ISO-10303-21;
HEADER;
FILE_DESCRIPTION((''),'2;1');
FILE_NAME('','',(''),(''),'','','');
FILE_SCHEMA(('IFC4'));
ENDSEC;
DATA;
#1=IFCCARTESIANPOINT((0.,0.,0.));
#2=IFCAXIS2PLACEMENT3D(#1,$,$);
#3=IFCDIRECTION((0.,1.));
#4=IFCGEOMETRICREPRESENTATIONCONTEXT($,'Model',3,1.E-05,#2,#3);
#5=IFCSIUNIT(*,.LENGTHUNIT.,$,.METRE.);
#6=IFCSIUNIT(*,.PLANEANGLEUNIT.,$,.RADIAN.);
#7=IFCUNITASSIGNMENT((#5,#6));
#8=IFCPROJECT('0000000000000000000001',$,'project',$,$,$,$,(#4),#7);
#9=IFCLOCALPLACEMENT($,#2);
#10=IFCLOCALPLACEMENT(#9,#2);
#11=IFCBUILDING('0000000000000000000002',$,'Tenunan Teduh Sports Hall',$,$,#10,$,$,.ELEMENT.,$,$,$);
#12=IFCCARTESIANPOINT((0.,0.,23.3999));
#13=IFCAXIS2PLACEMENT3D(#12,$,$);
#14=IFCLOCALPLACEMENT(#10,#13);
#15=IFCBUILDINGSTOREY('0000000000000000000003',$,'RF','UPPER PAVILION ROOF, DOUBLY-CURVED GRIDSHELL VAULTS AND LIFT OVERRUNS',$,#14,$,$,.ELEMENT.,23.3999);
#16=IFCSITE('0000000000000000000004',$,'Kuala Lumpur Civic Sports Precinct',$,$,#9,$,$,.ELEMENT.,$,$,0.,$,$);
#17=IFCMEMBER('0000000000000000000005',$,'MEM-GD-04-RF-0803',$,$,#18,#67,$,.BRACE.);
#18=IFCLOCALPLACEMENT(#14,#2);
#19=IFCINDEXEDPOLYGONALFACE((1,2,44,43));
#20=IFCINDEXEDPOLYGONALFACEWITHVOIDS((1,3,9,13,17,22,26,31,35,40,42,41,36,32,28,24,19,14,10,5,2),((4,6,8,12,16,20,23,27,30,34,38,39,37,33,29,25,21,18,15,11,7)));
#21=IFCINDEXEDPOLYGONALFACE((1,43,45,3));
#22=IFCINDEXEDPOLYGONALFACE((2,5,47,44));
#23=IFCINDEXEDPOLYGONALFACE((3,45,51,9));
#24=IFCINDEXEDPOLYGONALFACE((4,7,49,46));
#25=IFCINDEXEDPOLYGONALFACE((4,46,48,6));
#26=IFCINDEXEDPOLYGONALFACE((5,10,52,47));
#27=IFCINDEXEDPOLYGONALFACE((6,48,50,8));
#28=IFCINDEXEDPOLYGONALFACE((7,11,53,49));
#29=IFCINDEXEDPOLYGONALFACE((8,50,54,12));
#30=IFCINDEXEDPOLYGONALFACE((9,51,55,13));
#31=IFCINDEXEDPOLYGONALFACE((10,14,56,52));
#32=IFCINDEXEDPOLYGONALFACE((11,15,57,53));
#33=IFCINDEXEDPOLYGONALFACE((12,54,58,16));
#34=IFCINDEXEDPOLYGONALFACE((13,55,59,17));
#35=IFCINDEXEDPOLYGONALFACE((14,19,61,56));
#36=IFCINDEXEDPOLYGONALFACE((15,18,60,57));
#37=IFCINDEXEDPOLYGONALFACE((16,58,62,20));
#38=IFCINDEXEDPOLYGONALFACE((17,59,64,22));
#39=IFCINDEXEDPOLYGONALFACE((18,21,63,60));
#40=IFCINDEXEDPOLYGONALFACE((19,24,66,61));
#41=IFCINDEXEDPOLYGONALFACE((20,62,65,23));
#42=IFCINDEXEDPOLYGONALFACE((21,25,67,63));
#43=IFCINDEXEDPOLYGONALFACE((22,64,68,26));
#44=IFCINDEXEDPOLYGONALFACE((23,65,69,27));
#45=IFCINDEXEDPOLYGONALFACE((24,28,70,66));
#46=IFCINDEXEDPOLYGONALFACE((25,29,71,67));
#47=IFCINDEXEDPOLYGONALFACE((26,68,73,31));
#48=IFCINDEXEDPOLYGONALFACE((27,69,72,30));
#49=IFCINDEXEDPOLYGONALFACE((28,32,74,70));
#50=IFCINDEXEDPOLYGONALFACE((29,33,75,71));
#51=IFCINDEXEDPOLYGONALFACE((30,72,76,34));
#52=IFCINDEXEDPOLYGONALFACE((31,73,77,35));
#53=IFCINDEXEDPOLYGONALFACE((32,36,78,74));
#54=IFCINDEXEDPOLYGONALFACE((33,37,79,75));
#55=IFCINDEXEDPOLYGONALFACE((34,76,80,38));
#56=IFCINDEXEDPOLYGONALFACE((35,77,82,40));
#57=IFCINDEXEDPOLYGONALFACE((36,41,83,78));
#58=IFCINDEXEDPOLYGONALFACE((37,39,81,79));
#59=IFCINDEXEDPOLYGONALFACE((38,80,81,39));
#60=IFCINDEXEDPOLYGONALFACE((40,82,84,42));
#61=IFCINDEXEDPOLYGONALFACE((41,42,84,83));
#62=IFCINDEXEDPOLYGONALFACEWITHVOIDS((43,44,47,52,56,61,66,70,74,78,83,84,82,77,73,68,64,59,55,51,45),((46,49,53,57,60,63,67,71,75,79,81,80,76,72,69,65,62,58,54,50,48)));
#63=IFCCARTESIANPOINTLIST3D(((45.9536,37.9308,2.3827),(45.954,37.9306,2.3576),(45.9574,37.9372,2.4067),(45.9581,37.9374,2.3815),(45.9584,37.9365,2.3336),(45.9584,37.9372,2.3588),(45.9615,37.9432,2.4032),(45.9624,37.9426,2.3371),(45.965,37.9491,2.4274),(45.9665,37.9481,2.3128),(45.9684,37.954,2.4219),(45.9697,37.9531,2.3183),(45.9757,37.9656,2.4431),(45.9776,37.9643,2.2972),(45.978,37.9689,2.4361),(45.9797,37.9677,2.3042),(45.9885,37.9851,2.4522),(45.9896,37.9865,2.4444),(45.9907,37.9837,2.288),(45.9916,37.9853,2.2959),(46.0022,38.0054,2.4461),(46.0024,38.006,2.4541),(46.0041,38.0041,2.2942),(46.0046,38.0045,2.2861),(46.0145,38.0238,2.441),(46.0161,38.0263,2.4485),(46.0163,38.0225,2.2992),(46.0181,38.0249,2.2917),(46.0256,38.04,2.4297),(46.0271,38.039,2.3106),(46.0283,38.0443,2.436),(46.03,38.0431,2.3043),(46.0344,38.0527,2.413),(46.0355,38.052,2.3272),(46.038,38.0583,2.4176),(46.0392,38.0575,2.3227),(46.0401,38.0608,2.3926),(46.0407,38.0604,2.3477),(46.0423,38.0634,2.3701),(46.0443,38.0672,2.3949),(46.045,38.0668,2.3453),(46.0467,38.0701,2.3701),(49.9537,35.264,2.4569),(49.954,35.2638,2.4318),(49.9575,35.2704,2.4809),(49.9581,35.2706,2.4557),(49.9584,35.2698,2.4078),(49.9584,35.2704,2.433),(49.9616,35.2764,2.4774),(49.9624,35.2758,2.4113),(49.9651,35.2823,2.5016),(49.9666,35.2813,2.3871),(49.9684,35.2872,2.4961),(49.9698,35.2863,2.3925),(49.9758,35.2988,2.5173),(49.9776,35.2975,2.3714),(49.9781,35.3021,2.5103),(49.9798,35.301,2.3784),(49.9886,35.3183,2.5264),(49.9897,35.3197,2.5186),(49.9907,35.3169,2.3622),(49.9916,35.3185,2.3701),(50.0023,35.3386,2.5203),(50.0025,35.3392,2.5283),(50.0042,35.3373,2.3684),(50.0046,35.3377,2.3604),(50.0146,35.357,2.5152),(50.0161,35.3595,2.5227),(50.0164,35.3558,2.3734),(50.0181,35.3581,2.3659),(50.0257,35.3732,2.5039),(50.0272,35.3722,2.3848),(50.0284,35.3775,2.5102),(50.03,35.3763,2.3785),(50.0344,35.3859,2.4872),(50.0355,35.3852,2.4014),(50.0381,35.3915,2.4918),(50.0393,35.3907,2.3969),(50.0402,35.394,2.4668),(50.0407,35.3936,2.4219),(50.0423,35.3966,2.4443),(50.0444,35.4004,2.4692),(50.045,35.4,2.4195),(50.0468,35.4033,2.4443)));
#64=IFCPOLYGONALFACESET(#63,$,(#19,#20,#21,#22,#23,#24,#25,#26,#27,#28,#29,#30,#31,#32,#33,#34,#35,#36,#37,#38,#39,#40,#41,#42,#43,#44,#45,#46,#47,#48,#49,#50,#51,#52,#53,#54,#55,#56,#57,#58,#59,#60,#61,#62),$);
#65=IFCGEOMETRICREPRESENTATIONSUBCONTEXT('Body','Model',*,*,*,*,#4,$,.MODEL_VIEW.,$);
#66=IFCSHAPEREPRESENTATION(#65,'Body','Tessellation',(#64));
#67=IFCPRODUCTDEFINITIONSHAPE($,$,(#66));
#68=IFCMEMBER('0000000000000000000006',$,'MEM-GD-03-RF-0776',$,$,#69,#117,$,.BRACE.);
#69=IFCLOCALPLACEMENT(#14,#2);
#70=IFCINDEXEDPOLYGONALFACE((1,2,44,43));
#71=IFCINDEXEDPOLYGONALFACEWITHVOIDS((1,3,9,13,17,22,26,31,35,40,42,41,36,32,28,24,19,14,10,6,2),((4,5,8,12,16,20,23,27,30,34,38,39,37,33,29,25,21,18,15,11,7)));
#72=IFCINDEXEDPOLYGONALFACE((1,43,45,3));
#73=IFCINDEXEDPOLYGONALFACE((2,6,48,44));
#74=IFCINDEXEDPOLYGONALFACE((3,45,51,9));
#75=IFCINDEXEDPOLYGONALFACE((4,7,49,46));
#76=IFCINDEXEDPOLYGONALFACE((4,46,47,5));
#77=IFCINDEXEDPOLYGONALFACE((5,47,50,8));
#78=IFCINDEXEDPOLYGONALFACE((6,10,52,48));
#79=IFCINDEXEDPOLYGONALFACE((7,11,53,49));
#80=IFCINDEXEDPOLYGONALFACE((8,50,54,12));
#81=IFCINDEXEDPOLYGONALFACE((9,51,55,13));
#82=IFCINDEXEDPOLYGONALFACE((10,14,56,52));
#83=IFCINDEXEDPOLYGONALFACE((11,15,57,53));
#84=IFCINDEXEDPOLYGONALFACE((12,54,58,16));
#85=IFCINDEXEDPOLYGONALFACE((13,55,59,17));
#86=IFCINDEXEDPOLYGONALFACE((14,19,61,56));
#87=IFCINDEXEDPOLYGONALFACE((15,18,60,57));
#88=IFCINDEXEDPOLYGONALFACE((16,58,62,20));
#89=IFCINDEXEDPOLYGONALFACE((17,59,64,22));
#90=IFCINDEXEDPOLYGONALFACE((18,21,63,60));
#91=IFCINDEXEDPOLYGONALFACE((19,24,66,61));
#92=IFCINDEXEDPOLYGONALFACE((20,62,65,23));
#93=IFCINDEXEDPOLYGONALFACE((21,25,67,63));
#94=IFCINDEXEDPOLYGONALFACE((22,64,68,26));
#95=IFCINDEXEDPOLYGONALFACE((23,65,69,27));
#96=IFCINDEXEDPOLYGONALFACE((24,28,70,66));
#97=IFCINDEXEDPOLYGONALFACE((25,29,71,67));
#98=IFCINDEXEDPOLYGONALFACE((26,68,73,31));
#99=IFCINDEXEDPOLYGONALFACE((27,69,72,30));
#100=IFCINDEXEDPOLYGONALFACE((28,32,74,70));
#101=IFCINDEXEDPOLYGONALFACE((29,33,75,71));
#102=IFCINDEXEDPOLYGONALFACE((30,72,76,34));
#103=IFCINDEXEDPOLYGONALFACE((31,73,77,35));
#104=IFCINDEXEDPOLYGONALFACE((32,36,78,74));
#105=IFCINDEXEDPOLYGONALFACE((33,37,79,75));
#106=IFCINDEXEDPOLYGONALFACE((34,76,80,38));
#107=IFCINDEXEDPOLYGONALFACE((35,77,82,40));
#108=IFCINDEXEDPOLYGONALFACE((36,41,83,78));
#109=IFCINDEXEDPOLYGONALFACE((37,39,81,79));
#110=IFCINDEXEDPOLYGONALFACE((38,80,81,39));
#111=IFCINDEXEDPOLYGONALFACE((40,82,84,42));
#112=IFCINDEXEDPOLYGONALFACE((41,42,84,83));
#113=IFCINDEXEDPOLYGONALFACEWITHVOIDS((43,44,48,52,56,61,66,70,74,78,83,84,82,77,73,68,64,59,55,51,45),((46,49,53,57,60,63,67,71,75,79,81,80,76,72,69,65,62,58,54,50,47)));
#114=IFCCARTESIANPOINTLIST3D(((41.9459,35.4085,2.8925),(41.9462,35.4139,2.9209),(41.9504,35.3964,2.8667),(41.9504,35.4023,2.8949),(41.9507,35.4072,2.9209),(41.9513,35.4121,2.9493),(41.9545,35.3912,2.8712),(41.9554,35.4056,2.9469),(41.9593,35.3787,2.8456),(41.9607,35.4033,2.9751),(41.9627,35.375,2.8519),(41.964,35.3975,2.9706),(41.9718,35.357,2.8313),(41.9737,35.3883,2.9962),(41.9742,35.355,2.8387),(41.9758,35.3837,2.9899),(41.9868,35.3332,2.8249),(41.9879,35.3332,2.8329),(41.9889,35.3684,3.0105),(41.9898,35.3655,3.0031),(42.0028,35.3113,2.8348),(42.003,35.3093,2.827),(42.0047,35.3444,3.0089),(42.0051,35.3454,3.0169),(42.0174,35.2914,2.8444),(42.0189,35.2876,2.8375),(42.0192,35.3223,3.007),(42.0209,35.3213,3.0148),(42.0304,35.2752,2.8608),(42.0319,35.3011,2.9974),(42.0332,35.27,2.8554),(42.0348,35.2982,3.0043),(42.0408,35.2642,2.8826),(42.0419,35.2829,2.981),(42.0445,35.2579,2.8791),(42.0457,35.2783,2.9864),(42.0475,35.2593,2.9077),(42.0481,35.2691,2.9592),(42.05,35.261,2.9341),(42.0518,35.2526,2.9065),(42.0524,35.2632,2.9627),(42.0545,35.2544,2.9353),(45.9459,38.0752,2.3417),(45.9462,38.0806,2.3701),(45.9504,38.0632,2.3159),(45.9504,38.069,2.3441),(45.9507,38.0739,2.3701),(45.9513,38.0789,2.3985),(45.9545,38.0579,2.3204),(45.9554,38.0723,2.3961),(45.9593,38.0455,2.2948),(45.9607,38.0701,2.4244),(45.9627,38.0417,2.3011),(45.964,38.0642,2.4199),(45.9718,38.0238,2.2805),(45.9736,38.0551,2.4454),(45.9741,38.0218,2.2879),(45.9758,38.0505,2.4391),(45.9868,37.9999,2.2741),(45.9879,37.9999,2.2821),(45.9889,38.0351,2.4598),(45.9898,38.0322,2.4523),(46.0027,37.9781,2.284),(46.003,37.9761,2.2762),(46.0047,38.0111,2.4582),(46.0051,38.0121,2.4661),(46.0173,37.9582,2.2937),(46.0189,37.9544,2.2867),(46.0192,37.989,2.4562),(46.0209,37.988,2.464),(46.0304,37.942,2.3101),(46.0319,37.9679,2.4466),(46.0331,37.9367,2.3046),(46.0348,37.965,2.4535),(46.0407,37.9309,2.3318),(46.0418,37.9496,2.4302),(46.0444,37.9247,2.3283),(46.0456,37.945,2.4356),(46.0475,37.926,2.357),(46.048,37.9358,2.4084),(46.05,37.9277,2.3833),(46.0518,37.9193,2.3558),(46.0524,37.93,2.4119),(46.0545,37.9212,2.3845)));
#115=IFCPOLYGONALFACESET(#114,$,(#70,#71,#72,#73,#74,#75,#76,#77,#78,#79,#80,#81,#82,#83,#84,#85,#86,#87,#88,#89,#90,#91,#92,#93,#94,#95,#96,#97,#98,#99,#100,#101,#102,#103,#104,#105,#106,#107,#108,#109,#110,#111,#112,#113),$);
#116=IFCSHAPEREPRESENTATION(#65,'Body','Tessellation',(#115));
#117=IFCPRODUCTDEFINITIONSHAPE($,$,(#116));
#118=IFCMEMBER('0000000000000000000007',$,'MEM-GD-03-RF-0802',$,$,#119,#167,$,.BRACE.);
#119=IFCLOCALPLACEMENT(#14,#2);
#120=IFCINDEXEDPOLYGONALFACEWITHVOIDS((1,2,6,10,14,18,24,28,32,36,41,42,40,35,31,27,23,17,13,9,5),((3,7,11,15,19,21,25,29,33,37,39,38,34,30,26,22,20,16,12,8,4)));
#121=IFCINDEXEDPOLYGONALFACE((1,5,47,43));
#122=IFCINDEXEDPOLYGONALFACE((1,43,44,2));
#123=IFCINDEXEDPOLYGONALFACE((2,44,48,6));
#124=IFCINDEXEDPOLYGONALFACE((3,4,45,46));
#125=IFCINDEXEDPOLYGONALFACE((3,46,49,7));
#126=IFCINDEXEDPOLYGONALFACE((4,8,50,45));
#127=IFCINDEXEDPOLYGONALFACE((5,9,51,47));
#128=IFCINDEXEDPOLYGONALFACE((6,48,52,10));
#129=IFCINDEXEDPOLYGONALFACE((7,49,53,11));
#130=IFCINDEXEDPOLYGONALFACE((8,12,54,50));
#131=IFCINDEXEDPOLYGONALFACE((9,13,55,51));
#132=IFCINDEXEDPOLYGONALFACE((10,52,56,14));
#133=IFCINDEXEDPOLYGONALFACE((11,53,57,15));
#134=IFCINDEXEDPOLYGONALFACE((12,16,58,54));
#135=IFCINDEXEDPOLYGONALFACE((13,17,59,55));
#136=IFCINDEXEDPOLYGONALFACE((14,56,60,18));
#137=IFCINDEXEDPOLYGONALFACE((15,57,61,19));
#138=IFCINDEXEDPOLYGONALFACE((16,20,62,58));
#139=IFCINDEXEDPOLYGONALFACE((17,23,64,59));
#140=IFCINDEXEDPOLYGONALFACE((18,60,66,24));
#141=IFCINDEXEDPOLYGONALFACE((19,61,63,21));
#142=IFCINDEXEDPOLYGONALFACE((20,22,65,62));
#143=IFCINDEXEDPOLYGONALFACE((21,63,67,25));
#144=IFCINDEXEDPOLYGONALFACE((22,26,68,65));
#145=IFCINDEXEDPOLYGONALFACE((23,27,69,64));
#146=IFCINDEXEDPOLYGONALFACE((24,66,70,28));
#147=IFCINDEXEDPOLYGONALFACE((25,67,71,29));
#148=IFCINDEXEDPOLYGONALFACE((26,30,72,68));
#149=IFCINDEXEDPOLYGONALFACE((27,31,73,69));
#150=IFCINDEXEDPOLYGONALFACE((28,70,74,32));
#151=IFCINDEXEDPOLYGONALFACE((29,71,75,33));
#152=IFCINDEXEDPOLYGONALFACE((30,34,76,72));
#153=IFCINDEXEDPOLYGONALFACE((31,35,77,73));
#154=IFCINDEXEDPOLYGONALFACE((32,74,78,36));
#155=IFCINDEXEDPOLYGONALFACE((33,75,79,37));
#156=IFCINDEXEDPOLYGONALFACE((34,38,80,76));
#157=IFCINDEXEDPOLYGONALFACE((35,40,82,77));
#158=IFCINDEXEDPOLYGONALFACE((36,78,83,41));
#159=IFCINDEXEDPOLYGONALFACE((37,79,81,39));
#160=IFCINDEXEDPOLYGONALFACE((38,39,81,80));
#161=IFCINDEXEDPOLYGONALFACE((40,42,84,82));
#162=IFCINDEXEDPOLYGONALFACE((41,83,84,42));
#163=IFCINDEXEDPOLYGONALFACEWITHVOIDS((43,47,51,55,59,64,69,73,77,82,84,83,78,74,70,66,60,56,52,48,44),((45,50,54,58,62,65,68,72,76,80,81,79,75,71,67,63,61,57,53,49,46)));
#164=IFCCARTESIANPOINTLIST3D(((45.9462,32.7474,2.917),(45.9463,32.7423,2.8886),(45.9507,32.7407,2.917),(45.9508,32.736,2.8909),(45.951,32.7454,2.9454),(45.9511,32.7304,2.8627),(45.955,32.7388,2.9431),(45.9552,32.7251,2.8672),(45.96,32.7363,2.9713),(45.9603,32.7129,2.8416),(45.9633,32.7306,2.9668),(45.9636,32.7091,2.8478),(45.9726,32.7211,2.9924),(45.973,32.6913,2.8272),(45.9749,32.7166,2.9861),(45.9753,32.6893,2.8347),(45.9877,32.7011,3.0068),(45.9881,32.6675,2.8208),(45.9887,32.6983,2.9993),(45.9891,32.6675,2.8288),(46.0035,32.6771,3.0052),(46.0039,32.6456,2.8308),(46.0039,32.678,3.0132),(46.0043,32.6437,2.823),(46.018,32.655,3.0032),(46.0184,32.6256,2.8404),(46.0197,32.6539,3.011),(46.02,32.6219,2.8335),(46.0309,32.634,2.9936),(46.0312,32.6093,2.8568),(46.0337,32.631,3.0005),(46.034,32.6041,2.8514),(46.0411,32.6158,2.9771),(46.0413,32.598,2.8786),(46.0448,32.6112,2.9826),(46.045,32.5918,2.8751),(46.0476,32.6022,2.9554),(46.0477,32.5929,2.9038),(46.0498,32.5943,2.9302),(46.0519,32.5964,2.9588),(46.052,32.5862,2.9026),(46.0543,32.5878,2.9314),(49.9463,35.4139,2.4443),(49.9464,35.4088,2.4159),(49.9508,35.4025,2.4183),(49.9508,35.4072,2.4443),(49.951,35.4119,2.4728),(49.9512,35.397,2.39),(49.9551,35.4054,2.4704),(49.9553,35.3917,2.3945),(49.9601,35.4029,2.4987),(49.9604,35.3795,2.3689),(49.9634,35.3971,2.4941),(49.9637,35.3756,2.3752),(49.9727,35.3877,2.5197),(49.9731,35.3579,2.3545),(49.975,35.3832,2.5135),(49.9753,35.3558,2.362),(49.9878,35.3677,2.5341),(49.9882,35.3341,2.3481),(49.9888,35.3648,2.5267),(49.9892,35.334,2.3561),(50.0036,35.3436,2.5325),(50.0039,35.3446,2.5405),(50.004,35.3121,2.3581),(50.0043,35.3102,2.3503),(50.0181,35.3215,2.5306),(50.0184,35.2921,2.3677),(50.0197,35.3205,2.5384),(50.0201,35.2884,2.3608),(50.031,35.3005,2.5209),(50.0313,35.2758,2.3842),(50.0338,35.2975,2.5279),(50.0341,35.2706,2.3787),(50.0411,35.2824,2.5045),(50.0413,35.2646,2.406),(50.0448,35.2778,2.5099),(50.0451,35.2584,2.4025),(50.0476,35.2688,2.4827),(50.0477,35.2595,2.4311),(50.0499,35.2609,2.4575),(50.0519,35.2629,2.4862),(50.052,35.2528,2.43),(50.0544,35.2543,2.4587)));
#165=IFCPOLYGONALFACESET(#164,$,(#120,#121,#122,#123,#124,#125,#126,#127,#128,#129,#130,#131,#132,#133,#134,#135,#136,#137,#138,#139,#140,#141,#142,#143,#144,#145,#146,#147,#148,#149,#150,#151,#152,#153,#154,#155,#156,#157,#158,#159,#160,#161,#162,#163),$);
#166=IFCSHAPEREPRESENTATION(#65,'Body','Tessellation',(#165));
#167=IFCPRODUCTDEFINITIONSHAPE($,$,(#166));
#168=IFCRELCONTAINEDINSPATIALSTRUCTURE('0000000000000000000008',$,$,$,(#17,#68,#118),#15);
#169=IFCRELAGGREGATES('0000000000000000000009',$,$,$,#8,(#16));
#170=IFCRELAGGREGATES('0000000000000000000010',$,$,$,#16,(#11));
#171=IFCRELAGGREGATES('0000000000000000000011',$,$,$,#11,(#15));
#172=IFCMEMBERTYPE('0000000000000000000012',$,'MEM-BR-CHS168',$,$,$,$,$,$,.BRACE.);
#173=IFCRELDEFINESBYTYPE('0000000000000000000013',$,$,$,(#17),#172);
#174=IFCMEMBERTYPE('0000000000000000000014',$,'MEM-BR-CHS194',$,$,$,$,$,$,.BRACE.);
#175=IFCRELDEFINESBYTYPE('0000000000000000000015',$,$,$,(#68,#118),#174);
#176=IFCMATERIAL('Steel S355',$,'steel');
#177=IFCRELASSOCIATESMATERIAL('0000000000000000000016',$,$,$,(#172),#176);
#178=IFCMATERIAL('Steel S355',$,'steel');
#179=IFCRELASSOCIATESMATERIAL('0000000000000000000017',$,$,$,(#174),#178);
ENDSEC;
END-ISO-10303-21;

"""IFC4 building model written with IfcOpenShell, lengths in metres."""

from ifc_helpers import new_model, si_unit, direction, frame, origin, origin_2d, place, context, subcontext, project, spatial, hollow_circle, extrude, material, material_profile, profile_set, type_object, element, save


model = new_model("IFC4")

# Units and contexts
model_context = context("Model", 3, precision=1e-05, world=origin(), true_north=direction((0.0, 1.0)))
body_context = subcontext(model_context, "Body", "Model", "MODEL_VIEW")
ifc_project = project(units=[si_unit("LENGTHUNIT", "METRE"), si_unit("PLANEANGLEUNIT", "RADIAN")], contexts=[model_context])

# Site, building, storey
site_placement = place(None, origin())
site = spatial("IfcSite", under=ifc_project, at=site_placement, Name="Kuala Lumpur Civic Sports Precinct", CompositionType="ELEMENT", RefElevation=0.0)
building_placement = place(site_placement, origin())
building = spatial("IfcBuilding", under=site, at=building_placement, Name="Tenunan Teduh Sports Hall", CompositionType="ELEMENT")
storey_placement = place(building_placement, frame((0.0, 0.0, 23.3999)))
storey = spatial("IfcBuildingStorey", under=building, at=storey_placement, Name="RF", Description="UPPER PAVILION ROOF, DOUBLY-CURVED GRIDSHELL VAULTS AND LIFT OVERRUNS", CompositionType="ELEMENT", Elevation=23.3999)

# Members
ifc_material_1 = material(Name="Steel S355", Category="steel")
ifc_material_profile_1 = material_profile(ifc_material_1, hollow_circle(Radius=0.0842, WallThickness=0.0081, at=origin_2d()), Name="CHS 168.3x8.0")
ifc_profile_set_1 = profile_set([ifc_material_profile_1], Name="Steel S355")
member_type_1 = type_object("IfcMemberType", Name="MEM-BR-CHS168", PredefinedType="BRACE", material=ifc_profile_set_1)
member_1_placement = place(storey_placement, frame((46.0, 38.0, 2.3701), z_axis=(0.831943, -0.554646, 0.015436), x_axis=(0.554712, 0.832042, 0.0)))
element("IfcMember", 1, at=member_1_placement, inside=storey, type_object=member_type_1, Name="MEM-GD-04-RF-0803", PredefinedType="BRACE", context=body_context, shape_type="SweptSolid", body=[
    extrude(hollow_circle(Radius=0.0842, WallThickness=0.0081, at=origin_2d()), origin(), (0.0, 0.0, 1.0), 4.8081),
])
ifc_material_2 = material(Name="Steel S355", Category="steel")
ifc_material_profile_2 = material_profile(ifc_material_2, hollow_circle(Radius=0.0969, WallThickness=0.0081, at=origin_2d()), Name="CHS 193.7x8.0")
ifc_profile_set_2 = profile_set([ifc_material_profile_2], Name="Steel S355")
member_type_2 = type_object("IfcMemberType", Name="MEM-BR-CHS194", PredefinedType="BRACE", material=ifc_profile_set_2)
member_2_placement = place(storey_placement, frame((42.0, 35.3333, 2.9209), z_axis=(0.826635, 0.551107, -0.113824), x_axis=(-0.554712, 0.832042, 0.0)))
element("IfcMember", 2, at=member_2_placement, inside=storey, type_object=member_type_2, Name="MEM-GD-03-RF-0776", PredefinedType="BRACE", context=body_context, shape_type="SweptSolid", body=[
    extrude(hollow_circle(Radius=0.0969, WallThickness=0.0081, at=origin_2d()), origin(), (0.0, 0.0, 1.0), 4.8389),
])
member_3_placement = place(storey_placement, frame((46.0, 32.6667, 2.917), z_axis=(0.828073, 0.552015, -0.097848), x_axis=(-0.554677, 0.832066, 0.0)))
element("IfcMember", 3, at=member_3_placement, inside=storey, type_object=member_type_2, Name="MEM-GD-03-RF-0802", PredefinedType="BRACE", context=body_context, shape_type="SweptSolid", body=[
    extrude(hollow_circle(Radius=0.0969, WallThickness=0.0081, at=origin_2d()), origin(), (0.0, 0.0, 1.0), 4.8306),
])

save(model, "model.ifc")
